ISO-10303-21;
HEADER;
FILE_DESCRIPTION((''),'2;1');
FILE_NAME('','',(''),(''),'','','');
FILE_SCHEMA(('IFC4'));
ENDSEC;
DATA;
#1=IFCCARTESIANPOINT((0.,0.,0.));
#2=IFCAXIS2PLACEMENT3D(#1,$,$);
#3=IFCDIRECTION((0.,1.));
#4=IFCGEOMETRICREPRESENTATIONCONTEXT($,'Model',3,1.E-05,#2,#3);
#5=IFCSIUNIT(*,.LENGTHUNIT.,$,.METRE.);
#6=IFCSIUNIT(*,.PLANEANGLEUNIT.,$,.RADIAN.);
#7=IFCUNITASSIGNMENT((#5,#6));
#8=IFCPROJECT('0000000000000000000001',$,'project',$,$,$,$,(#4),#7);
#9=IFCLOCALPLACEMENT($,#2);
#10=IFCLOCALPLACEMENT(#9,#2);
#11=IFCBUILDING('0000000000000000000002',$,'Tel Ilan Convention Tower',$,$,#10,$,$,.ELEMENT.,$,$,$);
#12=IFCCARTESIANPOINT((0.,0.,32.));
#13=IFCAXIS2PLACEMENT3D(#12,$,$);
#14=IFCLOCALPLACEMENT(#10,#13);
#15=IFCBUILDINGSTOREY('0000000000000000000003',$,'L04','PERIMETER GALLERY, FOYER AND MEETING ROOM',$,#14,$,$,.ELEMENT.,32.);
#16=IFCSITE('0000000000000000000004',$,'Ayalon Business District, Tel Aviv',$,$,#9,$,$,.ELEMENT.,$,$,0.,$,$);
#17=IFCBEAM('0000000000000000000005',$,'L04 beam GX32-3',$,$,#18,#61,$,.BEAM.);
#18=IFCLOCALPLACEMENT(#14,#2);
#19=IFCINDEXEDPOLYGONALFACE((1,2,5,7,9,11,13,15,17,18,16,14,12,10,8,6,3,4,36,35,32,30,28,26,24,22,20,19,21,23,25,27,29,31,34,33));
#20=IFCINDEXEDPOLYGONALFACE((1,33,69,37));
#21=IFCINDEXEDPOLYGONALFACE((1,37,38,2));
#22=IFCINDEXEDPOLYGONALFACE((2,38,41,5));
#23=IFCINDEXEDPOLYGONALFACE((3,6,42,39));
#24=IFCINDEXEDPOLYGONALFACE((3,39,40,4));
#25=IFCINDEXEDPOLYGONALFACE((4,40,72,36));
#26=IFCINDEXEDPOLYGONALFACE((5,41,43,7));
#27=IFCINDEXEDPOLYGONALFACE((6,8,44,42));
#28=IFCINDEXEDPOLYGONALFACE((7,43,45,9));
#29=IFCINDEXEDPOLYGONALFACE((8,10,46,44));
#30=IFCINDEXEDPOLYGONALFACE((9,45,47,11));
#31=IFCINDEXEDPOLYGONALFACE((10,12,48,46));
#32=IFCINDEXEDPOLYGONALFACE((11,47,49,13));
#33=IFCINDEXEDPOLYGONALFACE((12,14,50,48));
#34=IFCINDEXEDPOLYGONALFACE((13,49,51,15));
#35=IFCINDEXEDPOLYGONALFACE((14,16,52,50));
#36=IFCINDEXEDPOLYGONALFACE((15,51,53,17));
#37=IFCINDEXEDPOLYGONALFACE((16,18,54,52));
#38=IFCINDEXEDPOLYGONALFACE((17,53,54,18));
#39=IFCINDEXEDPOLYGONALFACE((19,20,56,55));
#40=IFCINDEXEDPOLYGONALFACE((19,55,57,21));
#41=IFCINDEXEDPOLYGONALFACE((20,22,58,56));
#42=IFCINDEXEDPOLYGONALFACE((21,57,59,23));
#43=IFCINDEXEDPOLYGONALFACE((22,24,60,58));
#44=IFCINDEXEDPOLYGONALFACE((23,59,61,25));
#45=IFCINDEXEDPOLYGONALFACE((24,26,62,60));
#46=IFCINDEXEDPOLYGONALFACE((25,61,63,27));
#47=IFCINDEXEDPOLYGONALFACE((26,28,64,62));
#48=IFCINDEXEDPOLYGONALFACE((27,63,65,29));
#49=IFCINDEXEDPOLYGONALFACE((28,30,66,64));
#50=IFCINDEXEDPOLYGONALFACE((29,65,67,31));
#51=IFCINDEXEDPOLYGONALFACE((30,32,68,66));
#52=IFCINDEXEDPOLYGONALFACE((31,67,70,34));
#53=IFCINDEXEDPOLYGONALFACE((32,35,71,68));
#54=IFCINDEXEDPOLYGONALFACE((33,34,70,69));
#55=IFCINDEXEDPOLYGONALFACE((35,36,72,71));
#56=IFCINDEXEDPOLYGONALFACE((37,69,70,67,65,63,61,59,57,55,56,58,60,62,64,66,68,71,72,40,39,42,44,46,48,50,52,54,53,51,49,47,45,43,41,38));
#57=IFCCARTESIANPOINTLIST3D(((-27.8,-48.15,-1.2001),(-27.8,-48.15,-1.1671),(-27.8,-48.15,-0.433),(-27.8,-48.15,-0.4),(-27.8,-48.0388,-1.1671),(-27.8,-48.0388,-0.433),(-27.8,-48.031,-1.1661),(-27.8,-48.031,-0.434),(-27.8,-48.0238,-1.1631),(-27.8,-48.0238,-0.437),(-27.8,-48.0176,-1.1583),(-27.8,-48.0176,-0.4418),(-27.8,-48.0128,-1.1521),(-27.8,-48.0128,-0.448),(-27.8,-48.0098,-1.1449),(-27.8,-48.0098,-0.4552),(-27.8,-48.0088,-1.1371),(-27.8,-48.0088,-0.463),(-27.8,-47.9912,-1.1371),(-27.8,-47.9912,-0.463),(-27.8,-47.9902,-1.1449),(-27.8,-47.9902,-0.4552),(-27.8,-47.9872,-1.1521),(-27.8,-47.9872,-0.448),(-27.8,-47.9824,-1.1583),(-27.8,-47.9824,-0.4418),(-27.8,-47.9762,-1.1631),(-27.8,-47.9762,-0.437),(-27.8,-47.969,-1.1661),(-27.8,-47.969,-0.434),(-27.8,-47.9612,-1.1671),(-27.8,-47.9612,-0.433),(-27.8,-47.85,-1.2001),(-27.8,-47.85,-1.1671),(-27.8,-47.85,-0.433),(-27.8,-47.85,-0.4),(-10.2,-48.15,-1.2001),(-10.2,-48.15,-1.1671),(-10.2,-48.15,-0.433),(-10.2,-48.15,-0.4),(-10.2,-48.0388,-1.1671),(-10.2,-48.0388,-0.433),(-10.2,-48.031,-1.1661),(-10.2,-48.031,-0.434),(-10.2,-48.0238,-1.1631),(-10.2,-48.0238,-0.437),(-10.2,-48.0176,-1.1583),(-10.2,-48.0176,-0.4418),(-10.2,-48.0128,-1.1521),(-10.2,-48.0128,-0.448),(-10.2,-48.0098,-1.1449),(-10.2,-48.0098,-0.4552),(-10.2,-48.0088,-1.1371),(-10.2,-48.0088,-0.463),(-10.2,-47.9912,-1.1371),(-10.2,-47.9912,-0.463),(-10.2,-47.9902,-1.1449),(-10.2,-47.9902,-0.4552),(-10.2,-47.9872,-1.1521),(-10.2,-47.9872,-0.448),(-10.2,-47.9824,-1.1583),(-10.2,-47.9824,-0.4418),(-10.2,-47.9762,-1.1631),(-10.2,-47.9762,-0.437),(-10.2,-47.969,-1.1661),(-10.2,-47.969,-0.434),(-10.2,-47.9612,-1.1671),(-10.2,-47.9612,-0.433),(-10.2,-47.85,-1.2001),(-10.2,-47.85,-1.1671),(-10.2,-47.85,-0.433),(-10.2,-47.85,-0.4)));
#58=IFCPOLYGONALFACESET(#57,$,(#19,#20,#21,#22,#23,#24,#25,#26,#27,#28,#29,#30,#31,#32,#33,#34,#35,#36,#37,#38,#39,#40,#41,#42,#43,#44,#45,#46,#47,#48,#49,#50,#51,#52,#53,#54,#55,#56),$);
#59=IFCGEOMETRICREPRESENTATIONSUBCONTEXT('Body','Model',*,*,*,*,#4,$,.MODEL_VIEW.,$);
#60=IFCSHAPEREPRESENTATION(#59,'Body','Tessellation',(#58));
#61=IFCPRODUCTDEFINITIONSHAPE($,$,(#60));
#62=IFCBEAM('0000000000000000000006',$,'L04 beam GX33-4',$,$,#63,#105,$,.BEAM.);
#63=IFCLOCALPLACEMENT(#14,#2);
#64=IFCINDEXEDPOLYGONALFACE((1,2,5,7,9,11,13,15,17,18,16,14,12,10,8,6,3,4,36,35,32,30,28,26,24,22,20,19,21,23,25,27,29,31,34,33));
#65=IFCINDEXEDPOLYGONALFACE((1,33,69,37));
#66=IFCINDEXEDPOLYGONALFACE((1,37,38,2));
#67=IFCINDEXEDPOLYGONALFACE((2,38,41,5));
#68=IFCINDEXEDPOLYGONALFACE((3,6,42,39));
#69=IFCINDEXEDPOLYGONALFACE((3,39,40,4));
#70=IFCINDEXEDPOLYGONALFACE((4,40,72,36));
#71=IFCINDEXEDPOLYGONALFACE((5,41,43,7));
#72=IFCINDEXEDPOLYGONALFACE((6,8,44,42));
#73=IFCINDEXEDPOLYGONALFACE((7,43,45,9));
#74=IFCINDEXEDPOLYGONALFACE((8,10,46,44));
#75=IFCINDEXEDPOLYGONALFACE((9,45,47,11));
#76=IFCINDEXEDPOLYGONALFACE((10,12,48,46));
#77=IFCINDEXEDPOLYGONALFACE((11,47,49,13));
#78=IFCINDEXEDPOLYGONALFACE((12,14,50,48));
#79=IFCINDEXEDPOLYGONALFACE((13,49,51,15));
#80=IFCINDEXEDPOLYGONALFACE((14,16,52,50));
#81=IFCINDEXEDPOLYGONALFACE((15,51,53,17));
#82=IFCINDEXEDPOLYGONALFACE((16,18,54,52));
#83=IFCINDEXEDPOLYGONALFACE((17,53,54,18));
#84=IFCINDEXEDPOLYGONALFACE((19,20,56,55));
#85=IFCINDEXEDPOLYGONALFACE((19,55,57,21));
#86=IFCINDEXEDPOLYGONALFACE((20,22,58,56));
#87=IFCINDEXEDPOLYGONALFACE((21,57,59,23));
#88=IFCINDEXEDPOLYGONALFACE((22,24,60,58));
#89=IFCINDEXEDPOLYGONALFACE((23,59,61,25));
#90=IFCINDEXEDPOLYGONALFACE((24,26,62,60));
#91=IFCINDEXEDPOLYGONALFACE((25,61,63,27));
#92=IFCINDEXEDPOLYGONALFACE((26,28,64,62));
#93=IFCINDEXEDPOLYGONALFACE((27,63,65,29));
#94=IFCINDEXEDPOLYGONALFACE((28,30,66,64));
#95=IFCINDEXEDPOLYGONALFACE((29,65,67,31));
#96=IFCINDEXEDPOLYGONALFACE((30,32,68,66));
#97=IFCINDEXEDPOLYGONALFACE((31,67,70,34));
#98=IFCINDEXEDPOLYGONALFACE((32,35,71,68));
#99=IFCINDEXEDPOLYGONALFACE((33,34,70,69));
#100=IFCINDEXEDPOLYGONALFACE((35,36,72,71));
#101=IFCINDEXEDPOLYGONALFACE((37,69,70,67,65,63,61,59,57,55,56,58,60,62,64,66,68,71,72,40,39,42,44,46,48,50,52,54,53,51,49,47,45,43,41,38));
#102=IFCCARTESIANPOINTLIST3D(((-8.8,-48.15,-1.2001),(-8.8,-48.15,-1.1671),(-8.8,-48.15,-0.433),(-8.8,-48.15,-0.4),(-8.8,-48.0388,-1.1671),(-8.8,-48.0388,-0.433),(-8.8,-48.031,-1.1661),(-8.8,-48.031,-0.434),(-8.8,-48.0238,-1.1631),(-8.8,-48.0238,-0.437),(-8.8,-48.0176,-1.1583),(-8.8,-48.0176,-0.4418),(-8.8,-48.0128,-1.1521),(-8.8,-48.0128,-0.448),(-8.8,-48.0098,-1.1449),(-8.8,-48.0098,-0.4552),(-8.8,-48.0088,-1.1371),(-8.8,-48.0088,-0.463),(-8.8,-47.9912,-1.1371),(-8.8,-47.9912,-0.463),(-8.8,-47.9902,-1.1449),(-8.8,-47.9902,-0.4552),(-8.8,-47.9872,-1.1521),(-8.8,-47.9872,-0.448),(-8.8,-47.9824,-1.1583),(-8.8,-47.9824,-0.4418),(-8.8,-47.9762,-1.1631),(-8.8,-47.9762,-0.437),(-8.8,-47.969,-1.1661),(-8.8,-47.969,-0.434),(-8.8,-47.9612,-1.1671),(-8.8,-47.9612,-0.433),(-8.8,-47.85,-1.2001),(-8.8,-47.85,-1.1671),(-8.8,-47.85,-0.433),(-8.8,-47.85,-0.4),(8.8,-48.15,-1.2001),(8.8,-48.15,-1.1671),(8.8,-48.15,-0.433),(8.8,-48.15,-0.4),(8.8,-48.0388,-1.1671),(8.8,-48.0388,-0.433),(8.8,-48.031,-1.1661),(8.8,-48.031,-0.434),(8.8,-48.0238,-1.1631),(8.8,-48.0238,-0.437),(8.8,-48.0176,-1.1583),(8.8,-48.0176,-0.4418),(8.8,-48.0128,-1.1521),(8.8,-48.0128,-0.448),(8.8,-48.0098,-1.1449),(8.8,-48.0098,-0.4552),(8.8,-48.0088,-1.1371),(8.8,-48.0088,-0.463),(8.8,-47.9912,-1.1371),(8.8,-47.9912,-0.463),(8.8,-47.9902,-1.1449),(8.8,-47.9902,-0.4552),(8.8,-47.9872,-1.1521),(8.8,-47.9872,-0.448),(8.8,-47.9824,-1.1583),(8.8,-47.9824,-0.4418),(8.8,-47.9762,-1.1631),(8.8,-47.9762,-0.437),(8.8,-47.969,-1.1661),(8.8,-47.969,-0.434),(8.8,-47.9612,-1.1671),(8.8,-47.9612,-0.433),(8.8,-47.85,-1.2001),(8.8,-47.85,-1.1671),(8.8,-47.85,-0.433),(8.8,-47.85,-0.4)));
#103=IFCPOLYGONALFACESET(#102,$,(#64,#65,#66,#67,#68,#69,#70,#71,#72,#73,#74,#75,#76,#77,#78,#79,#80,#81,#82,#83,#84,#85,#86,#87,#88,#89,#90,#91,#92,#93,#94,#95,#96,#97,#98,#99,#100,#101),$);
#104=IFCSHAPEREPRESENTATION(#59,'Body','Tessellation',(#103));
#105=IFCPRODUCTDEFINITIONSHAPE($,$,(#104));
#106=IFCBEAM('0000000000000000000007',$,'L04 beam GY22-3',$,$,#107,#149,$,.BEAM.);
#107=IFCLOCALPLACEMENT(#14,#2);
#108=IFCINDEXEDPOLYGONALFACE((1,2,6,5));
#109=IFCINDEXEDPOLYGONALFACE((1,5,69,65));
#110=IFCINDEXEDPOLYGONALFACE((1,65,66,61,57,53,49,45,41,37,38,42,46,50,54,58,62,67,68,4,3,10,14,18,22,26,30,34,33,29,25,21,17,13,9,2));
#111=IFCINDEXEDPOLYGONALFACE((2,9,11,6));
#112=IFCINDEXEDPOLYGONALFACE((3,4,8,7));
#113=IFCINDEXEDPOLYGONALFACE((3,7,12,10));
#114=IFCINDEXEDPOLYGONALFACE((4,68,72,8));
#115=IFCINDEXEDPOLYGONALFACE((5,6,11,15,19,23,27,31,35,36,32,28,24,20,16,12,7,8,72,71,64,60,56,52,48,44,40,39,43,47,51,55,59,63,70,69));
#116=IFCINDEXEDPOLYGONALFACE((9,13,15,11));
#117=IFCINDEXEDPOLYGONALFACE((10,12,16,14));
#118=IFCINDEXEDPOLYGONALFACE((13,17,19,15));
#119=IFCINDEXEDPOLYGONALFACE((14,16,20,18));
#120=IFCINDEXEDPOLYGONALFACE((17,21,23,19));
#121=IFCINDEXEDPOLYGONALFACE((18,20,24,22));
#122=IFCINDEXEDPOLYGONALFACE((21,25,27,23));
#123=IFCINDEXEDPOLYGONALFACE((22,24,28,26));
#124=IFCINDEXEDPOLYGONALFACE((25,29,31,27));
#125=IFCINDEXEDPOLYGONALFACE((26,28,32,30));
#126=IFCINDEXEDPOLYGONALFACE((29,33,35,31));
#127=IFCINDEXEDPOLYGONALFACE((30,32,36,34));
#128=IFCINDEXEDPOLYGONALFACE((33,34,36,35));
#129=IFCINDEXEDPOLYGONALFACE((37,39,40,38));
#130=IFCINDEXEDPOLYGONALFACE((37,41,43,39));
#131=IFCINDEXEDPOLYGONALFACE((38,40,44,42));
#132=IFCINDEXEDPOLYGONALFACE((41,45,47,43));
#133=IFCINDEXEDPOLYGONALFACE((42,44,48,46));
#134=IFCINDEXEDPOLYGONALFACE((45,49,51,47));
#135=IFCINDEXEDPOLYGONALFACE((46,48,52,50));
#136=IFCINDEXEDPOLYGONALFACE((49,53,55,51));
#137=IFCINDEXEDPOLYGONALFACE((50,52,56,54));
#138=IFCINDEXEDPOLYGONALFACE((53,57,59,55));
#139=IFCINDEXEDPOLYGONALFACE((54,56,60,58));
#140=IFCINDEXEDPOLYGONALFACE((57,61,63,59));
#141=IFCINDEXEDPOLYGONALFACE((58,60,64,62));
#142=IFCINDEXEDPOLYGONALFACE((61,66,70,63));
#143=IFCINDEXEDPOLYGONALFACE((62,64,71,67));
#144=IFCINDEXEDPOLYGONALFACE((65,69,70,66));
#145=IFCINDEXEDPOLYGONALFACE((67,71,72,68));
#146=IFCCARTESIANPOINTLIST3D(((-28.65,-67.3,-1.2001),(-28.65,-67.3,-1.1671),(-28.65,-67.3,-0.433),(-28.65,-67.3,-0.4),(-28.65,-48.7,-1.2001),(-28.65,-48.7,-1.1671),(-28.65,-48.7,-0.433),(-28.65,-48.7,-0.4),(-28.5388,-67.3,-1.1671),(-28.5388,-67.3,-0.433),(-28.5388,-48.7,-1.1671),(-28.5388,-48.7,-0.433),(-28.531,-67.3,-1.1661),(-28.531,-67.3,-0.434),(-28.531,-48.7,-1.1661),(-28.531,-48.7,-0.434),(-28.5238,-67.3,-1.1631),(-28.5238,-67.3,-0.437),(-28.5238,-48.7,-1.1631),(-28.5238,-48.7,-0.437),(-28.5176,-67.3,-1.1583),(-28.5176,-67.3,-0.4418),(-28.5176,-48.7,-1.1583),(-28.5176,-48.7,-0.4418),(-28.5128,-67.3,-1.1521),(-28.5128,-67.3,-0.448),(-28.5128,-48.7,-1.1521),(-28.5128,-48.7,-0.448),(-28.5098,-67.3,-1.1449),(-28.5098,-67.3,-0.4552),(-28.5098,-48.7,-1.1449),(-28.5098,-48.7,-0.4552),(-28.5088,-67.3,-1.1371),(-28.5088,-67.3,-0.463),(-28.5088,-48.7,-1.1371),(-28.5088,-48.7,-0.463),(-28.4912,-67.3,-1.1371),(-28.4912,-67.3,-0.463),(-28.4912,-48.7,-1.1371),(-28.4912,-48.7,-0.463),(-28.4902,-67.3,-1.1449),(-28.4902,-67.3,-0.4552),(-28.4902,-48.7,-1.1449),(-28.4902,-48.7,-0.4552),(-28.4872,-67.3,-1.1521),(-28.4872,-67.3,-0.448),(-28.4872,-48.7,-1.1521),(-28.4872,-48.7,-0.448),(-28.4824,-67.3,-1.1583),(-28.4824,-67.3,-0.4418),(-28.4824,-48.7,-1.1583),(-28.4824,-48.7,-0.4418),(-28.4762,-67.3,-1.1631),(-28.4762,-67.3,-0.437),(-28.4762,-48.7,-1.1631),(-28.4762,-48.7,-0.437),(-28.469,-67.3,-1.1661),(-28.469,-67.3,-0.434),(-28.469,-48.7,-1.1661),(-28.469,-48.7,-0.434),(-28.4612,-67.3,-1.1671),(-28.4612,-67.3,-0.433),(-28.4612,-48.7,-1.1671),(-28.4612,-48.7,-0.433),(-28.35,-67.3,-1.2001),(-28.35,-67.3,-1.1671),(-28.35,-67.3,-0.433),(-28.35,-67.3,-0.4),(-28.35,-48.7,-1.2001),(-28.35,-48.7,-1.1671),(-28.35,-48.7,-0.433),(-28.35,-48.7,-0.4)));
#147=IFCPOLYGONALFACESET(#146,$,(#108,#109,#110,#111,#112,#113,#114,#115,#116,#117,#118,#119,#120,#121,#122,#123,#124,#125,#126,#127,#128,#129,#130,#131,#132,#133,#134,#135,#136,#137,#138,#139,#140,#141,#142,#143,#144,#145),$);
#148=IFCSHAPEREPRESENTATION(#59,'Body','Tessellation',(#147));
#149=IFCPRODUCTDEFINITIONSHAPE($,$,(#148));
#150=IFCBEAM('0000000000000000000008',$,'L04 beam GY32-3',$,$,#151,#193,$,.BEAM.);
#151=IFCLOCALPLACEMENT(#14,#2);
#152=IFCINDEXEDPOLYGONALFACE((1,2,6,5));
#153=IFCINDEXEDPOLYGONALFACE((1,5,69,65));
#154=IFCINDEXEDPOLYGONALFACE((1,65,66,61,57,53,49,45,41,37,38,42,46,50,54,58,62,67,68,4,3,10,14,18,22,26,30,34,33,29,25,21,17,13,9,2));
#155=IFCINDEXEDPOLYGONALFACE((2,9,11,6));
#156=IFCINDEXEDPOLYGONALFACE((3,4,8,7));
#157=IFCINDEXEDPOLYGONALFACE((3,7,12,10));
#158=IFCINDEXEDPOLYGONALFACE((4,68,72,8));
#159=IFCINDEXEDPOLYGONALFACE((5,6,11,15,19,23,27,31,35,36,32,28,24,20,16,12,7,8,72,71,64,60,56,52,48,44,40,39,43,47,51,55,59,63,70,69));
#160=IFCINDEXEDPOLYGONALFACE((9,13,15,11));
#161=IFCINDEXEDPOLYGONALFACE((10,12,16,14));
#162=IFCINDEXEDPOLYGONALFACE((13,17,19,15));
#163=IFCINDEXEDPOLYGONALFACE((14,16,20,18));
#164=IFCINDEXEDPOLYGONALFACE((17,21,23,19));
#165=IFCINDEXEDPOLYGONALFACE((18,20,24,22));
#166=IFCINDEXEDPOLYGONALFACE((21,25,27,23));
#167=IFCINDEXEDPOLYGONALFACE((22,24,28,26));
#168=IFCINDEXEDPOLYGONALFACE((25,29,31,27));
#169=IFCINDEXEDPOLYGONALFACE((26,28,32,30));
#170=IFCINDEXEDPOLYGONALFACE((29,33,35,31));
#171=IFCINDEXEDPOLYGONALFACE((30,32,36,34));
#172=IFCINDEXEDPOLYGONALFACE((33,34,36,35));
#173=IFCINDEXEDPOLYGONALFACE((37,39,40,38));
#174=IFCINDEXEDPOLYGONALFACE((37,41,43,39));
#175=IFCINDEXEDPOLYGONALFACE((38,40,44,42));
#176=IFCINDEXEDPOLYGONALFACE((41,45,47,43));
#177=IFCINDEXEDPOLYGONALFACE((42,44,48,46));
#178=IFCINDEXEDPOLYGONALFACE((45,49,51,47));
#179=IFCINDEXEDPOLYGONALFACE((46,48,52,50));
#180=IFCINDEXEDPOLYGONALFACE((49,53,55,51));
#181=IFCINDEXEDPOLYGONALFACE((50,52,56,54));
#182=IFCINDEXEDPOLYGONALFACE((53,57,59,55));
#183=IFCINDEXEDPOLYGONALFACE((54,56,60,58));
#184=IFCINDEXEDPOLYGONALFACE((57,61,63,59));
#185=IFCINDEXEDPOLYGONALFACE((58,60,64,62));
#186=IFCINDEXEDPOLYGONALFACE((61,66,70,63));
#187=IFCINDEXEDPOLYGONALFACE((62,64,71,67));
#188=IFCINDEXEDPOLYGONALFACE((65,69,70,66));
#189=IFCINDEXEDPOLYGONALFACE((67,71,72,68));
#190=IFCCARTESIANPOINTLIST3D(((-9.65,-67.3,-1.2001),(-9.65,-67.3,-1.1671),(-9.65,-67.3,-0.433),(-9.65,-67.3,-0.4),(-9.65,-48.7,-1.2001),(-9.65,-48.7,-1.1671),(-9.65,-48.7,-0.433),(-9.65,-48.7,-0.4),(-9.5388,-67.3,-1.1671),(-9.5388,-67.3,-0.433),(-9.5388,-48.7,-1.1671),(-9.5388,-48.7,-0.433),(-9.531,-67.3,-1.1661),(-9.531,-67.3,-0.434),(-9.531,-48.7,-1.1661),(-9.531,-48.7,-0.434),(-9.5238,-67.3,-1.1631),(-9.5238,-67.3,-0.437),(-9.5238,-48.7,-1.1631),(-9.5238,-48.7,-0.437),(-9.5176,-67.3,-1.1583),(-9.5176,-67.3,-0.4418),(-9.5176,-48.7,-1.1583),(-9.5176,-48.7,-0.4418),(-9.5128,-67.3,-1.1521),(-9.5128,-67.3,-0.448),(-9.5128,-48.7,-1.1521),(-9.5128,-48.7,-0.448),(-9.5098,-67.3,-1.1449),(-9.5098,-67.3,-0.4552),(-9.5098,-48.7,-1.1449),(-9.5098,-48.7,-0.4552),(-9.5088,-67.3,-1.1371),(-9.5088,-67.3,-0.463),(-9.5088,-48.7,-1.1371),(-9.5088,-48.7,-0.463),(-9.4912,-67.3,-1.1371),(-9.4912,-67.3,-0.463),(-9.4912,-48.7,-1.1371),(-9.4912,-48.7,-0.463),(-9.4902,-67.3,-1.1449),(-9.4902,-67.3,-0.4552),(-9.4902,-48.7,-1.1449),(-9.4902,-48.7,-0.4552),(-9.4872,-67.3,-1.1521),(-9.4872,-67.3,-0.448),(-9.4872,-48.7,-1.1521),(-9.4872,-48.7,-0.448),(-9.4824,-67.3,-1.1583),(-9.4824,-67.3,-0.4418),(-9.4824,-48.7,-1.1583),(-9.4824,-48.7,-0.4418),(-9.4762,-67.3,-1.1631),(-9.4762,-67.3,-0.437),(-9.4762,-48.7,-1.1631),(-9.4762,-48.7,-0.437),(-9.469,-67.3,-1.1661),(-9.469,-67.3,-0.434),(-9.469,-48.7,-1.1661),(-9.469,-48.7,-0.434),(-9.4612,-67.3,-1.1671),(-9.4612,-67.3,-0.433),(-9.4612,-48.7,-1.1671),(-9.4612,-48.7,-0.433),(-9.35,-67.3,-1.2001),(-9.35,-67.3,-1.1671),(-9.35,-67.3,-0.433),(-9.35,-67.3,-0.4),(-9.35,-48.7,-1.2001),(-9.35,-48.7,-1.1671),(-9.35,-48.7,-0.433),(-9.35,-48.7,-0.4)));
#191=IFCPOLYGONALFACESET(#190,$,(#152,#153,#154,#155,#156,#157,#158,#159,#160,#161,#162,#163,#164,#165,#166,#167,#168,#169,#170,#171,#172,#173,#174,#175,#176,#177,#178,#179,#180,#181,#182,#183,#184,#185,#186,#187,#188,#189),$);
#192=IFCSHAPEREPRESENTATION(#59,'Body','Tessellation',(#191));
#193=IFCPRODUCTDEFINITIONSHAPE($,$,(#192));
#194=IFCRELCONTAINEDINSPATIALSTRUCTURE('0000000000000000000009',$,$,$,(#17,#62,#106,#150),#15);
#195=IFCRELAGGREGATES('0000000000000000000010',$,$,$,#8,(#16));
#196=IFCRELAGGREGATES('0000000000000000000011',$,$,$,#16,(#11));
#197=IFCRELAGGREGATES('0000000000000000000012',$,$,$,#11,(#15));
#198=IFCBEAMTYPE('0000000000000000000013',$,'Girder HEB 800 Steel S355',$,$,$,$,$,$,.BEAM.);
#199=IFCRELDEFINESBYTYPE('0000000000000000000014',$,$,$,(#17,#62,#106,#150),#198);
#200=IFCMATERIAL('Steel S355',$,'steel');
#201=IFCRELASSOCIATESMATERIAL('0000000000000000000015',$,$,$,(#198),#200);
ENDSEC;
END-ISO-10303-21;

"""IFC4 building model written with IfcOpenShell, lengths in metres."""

from ifc_helpers import new_model, si_unit, direction, frame, origin, origin_2d, place, context, subcontext, project, spatial, i_section, extrude, material, material_profile, profile_set, type_object, element, save


model = new_model("IFC4")

# Units and contexts
model_context = context("Model", 3, precision=1e-05, world=origin(), true_north=direction((0.0, 1.0)))
body_context = subcontext(model_context, "Body", "Model", "MODEL_VIEW")
ifc_project = project(units=[si_unit("LENGTHUNIT", "METRE"), si_unit("PLANEANGLEUNIT", "RADIAN")], contexts=[model_context])

# Site, building, storey
site_placement = place(None, origin())
site = spatial("IfcSite", under=ifc_project, at=site_placement, Name="Ayalon Business District, Tel Aviv", CompositionType="ELEMENT", RefElevation=0.0)
building_placement = place(site_placement, origin())
building = spatial("IfcBuilding", under=site, at=building_placement, Name="Tel Ilan Convention Tower", CompositionType="ELEMENT")
storey_placement = place(building_placement, frame((0.0, 0.0, 32.0)))
storey = spatial("IfcBuildingStorey", under=building, at=storey_placement, Name="L04", Description="PERIMETER GALLERY, FOYER AND MEETING ROOM", CompositionType="ELEMENT", Elevation=32.0)

# Beams
ifc_material_1 = material(Name="Steel S355", Category="steel")
ifc_material_profile_1 = material_profile(ifc_material_1, i_section(OverallWidth=0.3, OverallDepth=0.8, WebThickness=0.0176, FlangeThickness=0.033, FilletRadius=0.03, at=origin_2d()), Name="HEB 800")
ifc_profile_set_1 = profile_set([ifc_material_profile_1], Name="Steel S355")
beam_type_1 = type_object("IfcBeamType", Name="Girder HEB 800 Steel S355", PredefinedType="BEAM", material=ifc_profile_set_1)
for number, where, z_axis, x_axis, name in (
    (1, (-27.8, -48.0, -0.8), (1.0, 0.0, 0.0), (0.0, 1.0, 0.0), "L04 beam GX32-3"),
    (2, (-8.8, -48.0, -0.8), (1.0, 0.0, 0.0), (0.0, 1.0, 0.0), "L04 beam GX33-4"),
):
    element("IfcBeam", number, at=place(storey_placement, frame(where, z_axis=z_axis, x_axis=x_axis)), inside=storey, type_object=beam_type_1, Name=name, PredefinedType="BEAM", context=body_context, shape_type="SweptSolid", body=[
        extrude(i_section(OverallWidth=0.3, OverallDepth=0.8, WebThickness=0.0176, FlangeThickness=0.033, FilletRadius=0.03, at=origin_2d()), origin(), (0.0, 0.0, 1.0), 17.6001),
    ])
for number, where, z_axis, x_axis, name in (
    (3, (-28.5, -67.3, -0.8), (0.0, 1.0, 0.0), (-1.0, 0.0, 0.0), "L04 beam GY22-3"),
    (4, (-9.5, -67.3, -0.8), (0.0, 1.0, 0.0), (-1.0, 0.0, 0.0), "L04 beam GY32-3"),
):
    element("IfcBeam", number, at=place(storey_placement, frame(where, z_axis=z_axis, x_axis=x_axis)), inside=storey, type_object=beam_type_1, Name=name, PredefinedType="BEAM", context=body_context, shape_type="SweptSolid", body=[
        extrude(i_section(OverallWidth=0.3, OverallDepth=0.8, WebThickness=0.0176, FlangeThickness=0.033, FilletRadius=0.03, at=origin_2d()), origin(), (0.0, 0.0, 1.0), 18.6001),
    ])

save(model, "model.ifc")
